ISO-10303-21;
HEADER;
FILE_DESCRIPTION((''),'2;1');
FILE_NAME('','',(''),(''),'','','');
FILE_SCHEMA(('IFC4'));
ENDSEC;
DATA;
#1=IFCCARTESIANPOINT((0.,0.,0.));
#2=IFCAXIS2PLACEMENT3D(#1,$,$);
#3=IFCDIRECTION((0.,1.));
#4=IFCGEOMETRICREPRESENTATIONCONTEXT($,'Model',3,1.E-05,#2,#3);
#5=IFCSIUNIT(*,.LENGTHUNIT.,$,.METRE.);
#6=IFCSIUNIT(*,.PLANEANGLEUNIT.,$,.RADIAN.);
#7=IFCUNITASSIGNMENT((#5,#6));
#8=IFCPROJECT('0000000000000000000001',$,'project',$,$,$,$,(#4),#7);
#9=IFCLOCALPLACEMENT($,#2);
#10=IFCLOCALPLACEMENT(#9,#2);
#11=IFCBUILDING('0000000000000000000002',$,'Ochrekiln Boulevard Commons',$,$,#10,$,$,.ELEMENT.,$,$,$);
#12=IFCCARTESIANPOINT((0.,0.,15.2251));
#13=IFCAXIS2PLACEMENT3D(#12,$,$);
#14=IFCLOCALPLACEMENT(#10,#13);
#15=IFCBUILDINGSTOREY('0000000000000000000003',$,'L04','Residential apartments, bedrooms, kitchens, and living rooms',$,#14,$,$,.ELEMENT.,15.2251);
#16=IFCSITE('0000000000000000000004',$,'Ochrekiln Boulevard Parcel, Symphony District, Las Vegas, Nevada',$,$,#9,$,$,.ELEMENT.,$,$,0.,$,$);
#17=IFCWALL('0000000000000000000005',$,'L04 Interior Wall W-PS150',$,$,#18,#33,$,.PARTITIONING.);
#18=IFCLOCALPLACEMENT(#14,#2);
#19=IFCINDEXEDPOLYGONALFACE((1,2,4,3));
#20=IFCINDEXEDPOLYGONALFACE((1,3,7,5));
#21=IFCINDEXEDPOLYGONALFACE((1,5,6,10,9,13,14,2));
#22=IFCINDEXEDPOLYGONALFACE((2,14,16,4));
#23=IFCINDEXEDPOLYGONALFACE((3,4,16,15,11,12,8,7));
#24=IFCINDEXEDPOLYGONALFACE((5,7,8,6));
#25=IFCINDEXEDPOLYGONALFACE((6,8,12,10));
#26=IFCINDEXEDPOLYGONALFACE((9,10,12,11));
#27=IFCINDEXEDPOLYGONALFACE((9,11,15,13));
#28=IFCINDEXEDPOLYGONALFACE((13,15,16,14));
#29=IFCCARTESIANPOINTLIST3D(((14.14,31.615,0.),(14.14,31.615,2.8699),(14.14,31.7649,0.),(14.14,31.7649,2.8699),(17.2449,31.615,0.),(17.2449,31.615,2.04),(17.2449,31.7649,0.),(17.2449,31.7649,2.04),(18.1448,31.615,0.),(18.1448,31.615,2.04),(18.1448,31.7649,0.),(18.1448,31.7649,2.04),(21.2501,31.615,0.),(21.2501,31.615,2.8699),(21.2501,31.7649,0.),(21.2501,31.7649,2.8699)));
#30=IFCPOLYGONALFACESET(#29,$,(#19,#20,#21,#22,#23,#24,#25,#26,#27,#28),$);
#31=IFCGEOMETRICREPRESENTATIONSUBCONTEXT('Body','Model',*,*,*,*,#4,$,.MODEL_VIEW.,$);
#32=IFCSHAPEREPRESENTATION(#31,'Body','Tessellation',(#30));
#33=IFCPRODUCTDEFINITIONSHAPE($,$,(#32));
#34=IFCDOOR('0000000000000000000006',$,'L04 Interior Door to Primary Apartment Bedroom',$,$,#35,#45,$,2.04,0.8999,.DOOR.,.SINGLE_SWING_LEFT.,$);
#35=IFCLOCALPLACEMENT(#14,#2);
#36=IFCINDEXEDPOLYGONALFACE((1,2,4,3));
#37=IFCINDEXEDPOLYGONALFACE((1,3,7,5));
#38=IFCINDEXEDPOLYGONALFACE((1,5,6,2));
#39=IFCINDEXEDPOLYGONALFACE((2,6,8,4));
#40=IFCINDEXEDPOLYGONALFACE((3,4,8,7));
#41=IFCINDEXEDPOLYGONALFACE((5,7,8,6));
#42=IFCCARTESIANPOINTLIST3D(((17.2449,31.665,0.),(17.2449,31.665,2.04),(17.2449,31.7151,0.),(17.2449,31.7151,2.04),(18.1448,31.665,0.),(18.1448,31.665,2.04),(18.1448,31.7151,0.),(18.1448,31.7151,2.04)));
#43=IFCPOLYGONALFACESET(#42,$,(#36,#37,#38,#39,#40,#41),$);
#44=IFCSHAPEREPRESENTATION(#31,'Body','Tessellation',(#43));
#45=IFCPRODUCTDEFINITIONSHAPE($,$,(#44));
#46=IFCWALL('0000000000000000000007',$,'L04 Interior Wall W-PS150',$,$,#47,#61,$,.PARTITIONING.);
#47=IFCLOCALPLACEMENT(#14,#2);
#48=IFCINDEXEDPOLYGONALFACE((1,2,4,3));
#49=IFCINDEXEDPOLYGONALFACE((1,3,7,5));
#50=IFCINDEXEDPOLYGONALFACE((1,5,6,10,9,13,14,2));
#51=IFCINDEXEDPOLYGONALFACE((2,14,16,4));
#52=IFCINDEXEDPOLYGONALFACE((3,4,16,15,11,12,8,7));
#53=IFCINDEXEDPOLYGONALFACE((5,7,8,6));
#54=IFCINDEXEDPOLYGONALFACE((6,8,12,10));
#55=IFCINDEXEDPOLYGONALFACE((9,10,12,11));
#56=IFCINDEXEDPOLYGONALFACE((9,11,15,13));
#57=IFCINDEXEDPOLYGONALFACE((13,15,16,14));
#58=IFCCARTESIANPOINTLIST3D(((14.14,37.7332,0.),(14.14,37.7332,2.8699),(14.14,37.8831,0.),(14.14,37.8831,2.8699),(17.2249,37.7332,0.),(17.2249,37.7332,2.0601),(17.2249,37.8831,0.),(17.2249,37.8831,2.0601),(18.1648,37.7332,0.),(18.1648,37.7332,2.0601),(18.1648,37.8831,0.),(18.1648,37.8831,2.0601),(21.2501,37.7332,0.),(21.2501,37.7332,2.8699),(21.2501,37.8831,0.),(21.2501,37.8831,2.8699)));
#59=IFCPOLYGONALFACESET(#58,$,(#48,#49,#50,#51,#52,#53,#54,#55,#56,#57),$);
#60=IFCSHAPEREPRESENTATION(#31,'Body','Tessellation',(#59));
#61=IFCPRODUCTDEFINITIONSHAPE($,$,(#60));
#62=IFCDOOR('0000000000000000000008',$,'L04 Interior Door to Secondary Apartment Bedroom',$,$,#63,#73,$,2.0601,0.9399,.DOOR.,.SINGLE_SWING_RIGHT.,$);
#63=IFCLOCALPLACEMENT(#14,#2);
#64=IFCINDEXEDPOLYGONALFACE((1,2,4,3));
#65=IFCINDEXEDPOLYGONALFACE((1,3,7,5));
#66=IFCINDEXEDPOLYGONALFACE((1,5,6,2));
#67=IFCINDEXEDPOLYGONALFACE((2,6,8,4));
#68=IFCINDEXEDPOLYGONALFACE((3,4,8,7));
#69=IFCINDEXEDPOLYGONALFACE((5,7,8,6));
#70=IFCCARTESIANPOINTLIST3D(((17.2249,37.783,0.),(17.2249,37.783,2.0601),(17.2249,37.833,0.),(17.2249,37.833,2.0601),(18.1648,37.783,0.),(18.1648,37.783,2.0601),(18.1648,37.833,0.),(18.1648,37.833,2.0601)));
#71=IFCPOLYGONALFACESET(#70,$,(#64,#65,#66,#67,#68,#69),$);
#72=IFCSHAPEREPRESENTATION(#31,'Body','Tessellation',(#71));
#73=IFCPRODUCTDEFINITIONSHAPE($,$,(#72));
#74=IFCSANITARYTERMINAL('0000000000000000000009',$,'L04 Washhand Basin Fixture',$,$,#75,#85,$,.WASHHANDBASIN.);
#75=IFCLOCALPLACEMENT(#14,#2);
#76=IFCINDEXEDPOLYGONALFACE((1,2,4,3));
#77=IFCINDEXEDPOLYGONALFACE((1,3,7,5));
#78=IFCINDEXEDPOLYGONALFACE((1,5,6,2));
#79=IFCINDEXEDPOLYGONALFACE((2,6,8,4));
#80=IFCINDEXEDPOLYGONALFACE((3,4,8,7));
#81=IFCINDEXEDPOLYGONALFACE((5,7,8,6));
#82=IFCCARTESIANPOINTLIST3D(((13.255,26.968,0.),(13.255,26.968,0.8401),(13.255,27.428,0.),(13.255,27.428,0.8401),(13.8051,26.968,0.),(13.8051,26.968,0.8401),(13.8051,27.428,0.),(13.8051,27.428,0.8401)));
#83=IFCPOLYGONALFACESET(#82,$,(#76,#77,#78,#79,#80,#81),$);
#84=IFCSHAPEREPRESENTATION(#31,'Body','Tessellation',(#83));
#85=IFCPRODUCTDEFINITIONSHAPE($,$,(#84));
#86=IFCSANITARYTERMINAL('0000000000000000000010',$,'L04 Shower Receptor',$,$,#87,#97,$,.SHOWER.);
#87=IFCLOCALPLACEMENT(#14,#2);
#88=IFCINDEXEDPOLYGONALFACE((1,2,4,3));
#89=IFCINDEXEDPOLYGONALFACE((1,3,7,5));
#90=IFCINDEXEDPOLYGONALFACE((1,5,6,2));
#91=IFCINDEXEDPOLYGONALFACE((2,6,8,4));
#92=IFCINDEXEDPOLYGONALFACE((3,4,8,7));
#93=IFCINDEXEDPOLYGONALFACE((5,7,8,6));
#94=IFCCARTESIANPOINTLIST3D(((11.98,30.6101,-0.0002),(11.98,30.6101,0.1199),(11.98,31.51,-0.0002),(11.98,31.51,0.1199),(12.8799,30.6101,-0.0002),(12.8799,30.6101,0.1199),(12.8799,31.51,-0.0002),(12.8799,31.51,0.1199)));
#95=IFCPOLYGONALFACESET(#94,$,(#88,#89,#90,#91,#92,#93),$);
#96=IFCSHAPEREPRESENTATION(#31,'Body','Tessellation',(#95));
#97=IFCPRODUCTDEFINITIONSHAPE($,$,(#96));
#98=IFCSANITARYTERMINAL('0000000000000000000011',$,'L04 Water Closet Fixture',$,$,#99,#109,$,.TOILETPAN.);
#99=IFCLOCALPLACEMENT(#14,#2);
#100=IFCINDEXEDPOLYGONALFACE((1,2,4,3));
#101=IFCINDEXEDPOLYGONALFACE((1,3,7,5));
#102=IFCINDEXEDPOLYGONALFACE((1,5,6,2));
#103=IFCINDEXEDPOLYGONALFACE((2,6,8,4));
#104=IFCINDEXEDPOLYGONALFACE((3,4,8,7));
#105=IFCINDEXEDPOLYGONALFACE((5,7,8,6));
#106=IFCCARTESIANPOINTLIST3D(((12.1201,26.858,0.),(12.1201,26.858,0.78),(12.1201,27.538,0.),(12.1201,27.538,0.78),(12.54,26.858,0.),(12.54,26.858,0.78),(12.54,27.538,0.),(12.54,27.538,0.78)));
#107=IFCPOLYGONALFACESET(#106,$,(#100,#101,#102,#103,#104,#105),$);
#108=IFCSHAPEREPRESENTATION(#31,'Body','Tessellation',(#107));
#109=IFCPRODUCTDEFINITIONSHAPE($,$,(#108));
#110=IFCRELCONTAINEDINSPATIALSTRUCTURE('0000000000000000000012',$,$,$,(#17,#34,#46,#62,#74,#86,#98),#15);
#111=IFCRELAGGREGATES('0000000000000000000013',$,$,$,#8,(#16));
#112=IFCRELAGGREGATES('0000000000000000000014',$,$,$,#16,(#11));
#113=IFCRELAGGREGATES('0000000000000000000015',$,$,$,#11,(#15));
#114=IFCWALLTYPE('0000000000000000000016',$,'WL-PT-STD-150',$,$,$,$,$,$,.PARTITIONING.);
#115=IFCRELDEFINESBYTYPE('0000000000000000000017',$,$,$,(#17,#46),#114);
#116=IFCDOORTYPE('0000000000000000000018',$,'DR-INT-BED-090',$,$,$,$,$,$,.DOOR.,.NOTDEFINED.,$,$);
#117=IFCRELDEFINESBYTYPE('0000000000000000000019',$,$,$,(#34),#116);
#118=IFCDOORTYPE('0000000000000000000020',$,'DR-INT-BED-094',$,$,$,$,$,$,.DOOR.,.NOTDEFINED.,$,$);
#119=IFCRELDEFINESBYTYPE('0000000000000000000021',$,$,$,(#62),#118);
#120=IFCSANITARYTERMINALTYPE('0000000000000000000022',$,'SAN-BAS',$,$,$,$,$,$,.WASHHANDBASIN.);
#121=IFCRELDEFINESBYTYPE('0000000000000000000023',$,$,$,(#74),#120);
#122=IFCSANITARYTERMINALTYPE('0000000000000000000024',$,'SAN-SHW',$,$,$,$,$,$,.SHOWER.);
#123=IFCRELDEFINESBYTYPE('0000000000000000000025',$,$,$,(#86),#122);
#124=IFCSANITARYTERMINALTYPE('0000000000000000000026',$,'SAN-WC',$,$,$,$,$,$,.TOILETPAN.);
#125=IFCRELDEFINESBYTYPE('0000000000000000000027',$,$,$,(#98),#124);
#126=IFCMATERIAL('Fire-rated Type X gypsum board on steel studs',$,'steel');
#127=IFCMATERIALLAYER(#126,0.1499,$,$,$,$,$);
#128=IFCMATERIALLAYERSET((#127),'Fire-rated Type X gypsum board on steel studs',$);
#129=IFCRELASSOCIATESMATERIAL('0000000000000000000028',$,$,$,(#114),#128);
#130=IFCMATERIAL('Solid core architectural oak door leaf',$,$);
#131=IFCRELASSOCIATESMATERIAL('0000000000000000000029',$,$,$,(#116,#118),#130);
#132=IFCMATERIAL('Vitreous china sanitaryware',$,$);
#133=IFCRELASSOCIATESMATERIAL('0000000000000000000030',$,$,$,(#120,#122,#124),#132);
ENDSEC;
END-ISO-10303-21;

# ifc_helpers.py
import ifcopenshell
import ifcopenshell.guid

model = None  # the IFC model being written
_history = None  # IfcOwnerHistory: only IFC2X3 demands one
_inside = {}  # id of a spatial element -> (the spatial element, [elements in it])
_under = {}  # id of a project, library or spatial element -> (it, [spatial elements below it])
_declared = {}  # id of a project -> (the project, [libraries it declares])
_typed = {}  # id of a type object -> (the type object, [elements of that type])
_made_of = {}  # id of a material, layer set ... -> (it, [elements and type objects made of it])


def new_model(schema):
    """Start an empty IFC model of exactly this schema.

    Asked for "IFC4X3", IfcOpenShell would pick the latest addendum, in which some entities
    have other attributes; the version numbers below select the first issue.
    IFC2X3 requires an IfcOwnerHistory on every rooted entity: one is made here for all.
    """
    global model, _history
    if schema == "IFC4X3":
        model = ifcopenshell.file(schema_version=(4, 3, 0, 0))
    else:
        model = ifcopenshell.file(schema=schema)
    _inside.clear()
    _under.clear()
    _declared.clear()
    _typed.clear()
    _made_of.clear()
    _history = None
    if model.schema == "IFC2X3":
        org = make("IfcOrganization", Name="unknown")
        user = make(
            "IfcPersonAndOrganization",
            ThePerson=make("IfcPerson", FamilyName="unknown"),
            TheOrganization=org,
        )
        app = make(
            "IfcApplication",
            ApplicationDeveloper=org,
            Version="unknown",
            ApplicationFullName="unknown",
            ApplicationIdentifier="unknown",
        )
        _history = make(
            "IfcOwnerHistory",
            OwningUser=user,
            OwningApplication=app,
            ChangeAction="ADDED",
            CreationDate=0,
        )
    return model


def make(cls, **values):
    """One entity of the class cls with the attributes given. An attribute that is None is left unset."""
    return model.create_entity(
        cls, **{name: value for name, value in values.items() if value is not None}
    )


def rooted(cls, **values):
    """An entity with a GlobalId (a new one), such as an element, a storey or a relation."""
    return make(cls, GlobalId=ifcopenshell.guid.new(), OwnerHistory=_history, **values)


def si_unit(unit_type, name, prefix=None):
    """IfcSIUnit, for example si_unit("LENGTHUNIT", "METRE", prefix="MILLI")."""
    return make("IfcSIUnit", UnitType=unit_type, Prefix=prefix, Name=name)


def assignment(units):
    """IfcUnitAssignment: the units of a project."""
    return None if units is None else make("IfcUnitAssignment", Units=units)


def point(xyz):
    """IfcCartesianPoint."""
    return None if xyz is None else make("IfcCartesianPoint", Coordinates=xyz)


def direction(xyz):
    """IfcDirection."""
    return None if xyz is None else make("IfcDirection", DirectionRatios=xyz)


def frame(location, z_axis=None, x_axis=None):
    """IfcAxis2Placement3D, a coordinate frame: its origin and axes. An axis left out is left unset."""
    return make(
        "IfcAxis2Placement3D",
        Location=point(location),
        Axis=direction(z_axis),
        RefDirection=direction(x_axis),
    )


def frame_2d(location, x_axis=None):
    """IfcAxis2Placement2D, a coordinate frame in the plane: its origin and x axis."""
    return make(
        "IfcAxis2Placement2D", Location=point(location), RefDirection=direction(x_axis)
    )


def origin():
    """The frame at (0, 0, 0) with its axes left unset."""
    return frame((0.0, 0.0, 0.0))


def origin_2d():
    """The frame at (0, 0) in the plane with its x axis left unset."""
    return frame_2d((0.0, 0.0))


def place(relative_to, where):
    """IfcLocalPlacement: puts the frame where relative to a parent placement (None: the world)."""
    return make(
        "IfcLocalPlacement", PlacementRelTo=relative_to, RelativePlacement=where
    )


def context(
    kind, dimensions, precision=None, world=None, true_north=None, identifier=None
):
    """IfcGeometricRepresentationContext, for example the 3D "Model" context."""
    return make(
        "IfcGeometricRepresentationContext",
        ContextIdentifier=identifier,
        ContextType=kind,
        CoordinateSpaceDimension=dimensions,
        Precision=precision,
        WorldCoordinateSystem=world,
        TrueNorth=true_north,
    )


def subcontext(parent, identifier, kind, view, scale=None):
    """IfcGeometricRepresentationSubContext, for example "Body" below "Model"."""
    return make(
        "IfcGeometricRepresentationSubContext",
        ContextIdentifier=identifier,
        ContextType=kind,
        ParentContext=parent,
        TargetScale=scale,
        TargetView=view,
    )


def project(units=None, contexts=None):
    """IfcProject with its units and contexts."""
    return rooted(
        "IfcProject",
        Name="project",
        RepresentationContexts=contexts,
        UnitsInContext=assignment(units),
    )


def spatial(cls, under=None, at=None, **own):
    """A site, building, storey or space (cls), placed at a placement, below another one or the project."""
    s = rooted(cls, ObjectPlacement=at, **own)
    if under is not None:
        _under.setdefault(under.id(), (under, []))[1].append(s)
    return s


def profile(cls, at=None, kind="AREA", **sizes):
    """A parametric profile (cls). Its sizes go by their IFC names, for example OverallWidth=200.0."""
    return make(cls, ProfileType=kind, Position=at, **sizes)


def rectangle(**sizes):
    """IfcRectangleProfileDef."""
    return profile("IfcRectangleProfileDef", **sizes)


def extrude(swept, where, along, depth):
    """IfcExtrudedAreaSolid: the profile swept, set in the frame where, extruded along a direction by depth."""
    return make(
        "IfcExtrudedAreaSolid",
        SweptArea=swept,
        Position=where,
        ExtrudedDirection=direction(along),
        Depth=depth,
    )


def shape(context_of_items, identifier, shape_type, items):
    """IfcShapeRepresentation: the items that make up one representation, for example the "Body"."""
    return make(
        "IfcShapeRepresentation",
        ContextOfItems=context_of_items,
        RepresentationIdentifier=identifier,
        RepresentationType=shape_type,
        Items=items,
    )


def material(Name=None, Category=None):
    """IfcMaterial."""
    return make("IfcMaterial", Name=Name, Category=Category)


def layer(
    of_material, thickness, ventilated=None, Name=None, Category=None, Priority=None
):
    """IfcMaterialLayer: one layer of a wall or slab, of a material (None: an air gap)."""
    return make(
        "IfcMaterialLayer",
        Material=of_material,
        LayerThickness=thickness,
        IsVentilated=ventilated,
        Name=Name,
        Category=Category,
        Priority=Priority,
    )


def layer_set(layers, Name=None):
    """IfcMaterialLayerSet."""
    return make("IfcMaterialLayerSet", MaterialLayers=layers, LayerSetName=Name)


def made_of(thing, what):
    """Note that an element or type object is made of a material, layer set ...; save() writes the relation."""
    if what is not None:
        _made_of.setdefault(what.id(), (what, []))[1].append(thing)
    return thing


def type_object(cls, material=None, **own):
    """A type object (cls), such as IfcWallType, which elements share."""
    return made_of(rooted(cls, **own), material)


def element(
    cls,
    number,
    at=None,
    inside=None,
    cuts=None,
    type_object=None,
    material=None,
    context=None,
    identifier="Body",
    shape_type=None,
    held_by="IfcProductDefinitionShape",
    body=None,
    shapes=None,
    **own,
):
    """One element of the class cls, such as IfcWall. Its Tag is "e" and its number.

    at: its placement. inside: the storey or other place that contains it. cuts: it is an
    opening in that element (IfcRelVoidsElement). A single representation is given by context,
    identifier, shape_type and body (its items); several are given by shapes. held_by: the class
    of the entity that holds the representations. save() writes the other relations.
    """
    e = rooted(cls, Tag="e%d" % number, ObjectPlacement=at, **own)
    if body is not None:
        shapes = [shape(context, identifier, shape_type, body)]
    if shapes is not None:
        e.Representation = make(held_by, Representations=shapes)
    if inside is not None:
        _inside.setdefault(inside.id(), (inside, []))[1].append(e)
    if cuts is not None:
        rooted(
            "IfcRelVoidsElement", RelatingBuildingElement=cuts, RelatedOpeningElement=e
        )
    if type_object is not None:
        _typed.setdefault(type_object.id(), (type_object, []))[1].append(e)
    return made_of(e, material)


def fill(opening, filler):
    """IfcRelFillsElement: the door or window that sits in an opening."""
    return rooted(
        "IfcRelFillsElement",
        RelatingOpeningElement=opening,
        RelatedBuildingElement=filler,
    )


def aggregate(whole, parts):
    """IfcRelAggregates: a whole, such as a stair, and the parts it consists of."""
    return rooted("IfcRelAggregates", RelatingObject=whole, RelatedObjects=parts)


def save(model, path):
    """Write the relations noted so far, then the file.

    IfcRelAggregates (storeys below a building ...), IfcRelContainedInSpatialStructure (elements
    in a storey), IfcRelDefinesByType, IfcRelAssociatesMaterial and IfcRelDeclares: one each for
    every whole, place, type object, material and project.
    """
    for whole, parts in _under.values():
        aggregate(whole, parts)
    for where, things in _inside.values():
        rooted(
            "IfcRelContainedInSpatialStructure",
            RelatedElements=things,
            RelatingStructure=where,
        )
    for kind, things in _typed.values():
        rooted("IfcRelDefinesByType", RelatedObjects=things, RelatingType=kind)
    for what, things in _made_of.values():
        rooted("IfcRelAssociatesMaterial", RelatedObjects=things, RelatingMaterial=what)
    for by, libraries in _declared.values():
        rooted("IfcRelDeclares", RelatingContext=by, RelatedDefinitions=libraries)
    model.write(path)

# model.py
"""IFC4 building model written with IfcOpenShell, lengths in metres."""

from ifc_helpers import new_model, si_unit, direction, frame, frame_2d, origin, origin_2d, place, context, subcontext, project, spatial, rectangle, extrude, material, layer, layer_set, type_object, element, fill, save


model = new_model("IFC4")

# Units and contexts
model_context = context("Model", 3, precision=1e-05, world=origin(), true_north=direction((0.0, 1.0)))
body_context = subcontext(model_context, "Body", "Model", "MODEL_VIEW")
ifc_project = project(units=[si_unit("LENGTHUNIT", "METRE"), si_unit("PLANEANGLEUNIT", "RADIAN")], contexts=[model_context])

# Site, building, storey
site_placement = place(None, origin())
site = spatial("IfcSite", under=ifc_project, at=site_placement, Name="Ochrekiln Boulevard Parcel, Symphony District, Las Vegas, Nevada", CompositionType="ELEMENT", RefElevation=0.0)
building_placement = place(site_placement, origin())
building = spatial("IfcBuilding", under=site, at=building_placement, Name="Ochrekiln Boulevard Commons", CompositionType="ELEMENT")
storey_placement = place(building_placement, frame((0.0, 0.0, 15.2251)))
storey = spatial("IfcBuildingStorey", under=building, at=storey_placement, Name="L04", Description="Residential apartments, bedrooms, kitchens, and living rooms", CompositionType="ELEMENT", Elevation=15.2251)

# Shared definitions
ifc_material_1 = material(Name="Fire-rated Type X gypsum board on steel studs", Category="steel")

# Walls, openings, doors
ifc_material_2 = material(Name="Solid core architectural oak door leaf")
ifc_layer_1 = layer(ifc_material_1, 0.1499)
ifc_layer_set_1 = layer_set([ifc_layer_1], Name="Fire-rated Type X gypsum board on steel studs")
wall_type_1 = type_object("IfcWallType", Name="WL-PT-STD-150", PredefinedType="PARTITIONING", material=ifc_layer_set_1)
wall_1_placement = place(storey_placement, frame((14.1399, 31.6899, 0.0), z_axis=(0.0, 0.0, 1.0), x_axis=(1.0, 0.0, 0.0)))
wall_1 = element("IfcWall", 1, at=wall_1_placement, inside=storey, type_object=wall_type_1, Name="L04 Interior Wall W-PS150", PredefinedType="PARTITIONING", context=body_context, shape_type="SweptSolid", body=[
    extrude(rectangle(XDim=7.1101, YDim=0.1499, at=frame_2d((3.5552, 0.0))), origin(), (0.0, 0.0, 1.0), 2.8699),
])
opening_1_placement = place(wall_1_placement, frame((3.105, 0.0, 0.0)))
opening_1 = element("IfcOpeningElement", 2, at=opening_1_placement, cuts=wall_1, PredefinedType="OPENING", context=body_context, shape_type="SweptSolid", body=[
    extrude(rectangle(XDim=0.8999, YDim=2.04, at=frame_2d((0.45, 1.02))), frame((0.0, 0.085, 0.0), z_axis=(0.0, -1.0, 0.0), x_axis=(1.0, 0.0, 0.0)), (0.0, 0.0, 1.0), 0.1699),
])
door_type_1 = type_object("IfcDoorType", Name="DR-INT-BED-090", OperationType="NOTDEFINED", PredefinedType="DOOR", material=ifc_material_2)
door_1_placement = place(opening_1_placement, frame((0.8999, 0.0, 0.0), z_axis=(0.0, 0.0, 1.0), x_axis=(-1.0, 0.0, 0.0)))
door_1 = element("IfcDoor", 3, at=door_1_placement, inside=storey, type_object=door_type_1, Name="L04 Interior Door to Primary Apartment Bedroom", OperationType="SINGLE_SWING_LEFT", OverallHeight=2.04, OverallWidth=0.8999, PredefinedType="DOOR", context=body_context, shape_type="SweptSolid", body=[
    extrude(rectangle(XDim=0.8999, YDim=2.04, at=frame_2d((0.45, 1.02))), frame((0.0, 0.0249, 0.0), z_axis=(0.0, -1.0, 0.0), x_axis=(1.0, 0.0, 0.0)), (0.0, 0.0, 1.0), 0.05),
])
fill(opening_1, door_1)
wall_2_placement = place(storey_placement, frame((14.1399, 37.8081, 0.0), z_axis=(0.0, 0.0, 1.0), x_axis=(1.0, 0.0, 0.0)))
wall_2 = element("IfcWall", 4, at=wall_2_placement, inside=storey, type_object=wall_type_1, Name="L04 Interior Wall W-PS150", PredefinedType="PARTITIONING", context=body_context, shape_type="SweptSolid", body=[
    extrude(rectangle(XDim=7.1101, YDim=0.1499, at=frame_2d((3.5552, 0.0))), origin(), (0.0, 0.0, 1.0), 2.8699),
])
opening_2_placement = place(wall_2_placement, frame((3.085, 0.0, 0.0)))
opening_2 = element("IfcOpeningElement", 5, at=opening_2_placement, cuts=wall_2, PredefinedType="OPENING", context=body_context, shape_type="SweptSolid", body=[
    extrude(rectangle(XDim=0.9399, YDim=2.0601, at=frame_2d((0.47, 1.03))), frame((0.0, 0.085, 0.0), z_axis=(0.0, -1.0, 0.0), x_axis=(1.0, 0.0, 0.0)), (0.0, 0.0, 1.0), 0.1699),
])
door_type_2 = type_object("IfcDoorType", Name="DR-INT-BED-094", OperationType="NOTDEFINED", PredefinedType="DOOR", material=ifc_material_2)
door_2_placement = place(opening_2_placement, origin())
door_2 = element("IfcDoor", 6, at=door_2_placement, inside=storey, type_object=door_type_2, Name="L04 Interior Door to Secondary Apartment Bedroom", OperationType="SINGLE_SWING_RIGHT", OverallHeight=2.0601, OverallWidth=0.9399, PredefinedType="DOOR", context=body_context, shape_type="SweptSolid", body=[
    extrude(rectangle(XDim=0.9399, YDim=2.0601, at=frame_2d((0.47, 1.03))), frame((0.0, 0.0249, 0.0), z_axis=(0.0, -1.0, 0.0), x_axis=(1.0, 0.0, 0.0)), (0.0, 0.0, 1.0), 0.05),
])
fill(opening_2, door_2)

# Sanitary terminals
ifc_material_3 = material(Name="Vitreous china sanitaryware")
sanitary_terminal_type_1 = type_object("IfcSanitaryTerminalType", Name="SAN-BAS", PredefinedType="WASHHANDBASIN", material=ifc_material_3)
sanitary_terminal_1_placement = place(storey_placement, frame((13.53, 27.198, 0.0), z_axis=(0.0, 0.0, 1.0), x_axis=(1.0, 0.0, 0.0)))
element("IfcSanitaryTerminal", 7, at=sanitary_terminal_1_placement, inside=storey, type_object=sanitary_terminal_type_1, Name="L04 Washhand Basin Fixture", PredefinedType="WASHHANDBASIN", context=body_context, shape_type="SweptSolid", body=[
    extrude(rectangle(XDim=0.55, YDim=0.46, at=origin_2d()), origin(), (0.0, 0.0, 1.0), 0.8401),
])
sanitary_terminal_type_2 = type_object("IfcSanitaryTerminalType", Name="SAN-SHW", PredefinedType="SHOWER", material=ifc_material_3)
sanitary_terminal_2_placement = place(storey_placement, frame((12.4299, 31.0601, -0.0002), z_axis=(0.0, 0.0, 1.0), x_axis=(1.0, 0.0, 0.0)))
element("IfcSanitaryTerminal", 8, at=sanitary_terminal_2_placement, inside=storey, type_object=sanitary_terminal_type_2, Name="L04 Shower Receptor", PredefinedType="SHOWER", context=body_context, shape_type="SweptSolid", body=[
    extrude(rectangle(XDim=0.8999, YDim=0.8999, at=origin_2d()), origin(), (0.0, 0.0, 1.0), 0.1201),
])
sanitary_terminal_type_3 = type_object("IfcSanitaryTerminalType", Name="SAN-WC", PredefinedType="TOILETPAN", material=ifc_material_3)
sanitary_terminal_3_placement = place(storey_placement, frame((12.3301, 27.198, 0.0), z_axis=(0.0, 0.0, 1.0), x_axis=(1.0, 0.0, 0.0)))
element("IfcSanitaryTerminal", 9, at=sanitary_terminal_3_placement, inside=storey, type_object=sanitary_terminal_type_3, Name="L04 Water Closet Fixture", PredefinedType="TOILETPAN", context=body_context, shape_type="SweptSolid", body=[
    extrude(rectangle(XDim=0.4199, YDim=0.6799, at=origin_2d()), origin(), (0.0, 0.0, 1.0), 0.78),
])

save(model, "model.ifc")
